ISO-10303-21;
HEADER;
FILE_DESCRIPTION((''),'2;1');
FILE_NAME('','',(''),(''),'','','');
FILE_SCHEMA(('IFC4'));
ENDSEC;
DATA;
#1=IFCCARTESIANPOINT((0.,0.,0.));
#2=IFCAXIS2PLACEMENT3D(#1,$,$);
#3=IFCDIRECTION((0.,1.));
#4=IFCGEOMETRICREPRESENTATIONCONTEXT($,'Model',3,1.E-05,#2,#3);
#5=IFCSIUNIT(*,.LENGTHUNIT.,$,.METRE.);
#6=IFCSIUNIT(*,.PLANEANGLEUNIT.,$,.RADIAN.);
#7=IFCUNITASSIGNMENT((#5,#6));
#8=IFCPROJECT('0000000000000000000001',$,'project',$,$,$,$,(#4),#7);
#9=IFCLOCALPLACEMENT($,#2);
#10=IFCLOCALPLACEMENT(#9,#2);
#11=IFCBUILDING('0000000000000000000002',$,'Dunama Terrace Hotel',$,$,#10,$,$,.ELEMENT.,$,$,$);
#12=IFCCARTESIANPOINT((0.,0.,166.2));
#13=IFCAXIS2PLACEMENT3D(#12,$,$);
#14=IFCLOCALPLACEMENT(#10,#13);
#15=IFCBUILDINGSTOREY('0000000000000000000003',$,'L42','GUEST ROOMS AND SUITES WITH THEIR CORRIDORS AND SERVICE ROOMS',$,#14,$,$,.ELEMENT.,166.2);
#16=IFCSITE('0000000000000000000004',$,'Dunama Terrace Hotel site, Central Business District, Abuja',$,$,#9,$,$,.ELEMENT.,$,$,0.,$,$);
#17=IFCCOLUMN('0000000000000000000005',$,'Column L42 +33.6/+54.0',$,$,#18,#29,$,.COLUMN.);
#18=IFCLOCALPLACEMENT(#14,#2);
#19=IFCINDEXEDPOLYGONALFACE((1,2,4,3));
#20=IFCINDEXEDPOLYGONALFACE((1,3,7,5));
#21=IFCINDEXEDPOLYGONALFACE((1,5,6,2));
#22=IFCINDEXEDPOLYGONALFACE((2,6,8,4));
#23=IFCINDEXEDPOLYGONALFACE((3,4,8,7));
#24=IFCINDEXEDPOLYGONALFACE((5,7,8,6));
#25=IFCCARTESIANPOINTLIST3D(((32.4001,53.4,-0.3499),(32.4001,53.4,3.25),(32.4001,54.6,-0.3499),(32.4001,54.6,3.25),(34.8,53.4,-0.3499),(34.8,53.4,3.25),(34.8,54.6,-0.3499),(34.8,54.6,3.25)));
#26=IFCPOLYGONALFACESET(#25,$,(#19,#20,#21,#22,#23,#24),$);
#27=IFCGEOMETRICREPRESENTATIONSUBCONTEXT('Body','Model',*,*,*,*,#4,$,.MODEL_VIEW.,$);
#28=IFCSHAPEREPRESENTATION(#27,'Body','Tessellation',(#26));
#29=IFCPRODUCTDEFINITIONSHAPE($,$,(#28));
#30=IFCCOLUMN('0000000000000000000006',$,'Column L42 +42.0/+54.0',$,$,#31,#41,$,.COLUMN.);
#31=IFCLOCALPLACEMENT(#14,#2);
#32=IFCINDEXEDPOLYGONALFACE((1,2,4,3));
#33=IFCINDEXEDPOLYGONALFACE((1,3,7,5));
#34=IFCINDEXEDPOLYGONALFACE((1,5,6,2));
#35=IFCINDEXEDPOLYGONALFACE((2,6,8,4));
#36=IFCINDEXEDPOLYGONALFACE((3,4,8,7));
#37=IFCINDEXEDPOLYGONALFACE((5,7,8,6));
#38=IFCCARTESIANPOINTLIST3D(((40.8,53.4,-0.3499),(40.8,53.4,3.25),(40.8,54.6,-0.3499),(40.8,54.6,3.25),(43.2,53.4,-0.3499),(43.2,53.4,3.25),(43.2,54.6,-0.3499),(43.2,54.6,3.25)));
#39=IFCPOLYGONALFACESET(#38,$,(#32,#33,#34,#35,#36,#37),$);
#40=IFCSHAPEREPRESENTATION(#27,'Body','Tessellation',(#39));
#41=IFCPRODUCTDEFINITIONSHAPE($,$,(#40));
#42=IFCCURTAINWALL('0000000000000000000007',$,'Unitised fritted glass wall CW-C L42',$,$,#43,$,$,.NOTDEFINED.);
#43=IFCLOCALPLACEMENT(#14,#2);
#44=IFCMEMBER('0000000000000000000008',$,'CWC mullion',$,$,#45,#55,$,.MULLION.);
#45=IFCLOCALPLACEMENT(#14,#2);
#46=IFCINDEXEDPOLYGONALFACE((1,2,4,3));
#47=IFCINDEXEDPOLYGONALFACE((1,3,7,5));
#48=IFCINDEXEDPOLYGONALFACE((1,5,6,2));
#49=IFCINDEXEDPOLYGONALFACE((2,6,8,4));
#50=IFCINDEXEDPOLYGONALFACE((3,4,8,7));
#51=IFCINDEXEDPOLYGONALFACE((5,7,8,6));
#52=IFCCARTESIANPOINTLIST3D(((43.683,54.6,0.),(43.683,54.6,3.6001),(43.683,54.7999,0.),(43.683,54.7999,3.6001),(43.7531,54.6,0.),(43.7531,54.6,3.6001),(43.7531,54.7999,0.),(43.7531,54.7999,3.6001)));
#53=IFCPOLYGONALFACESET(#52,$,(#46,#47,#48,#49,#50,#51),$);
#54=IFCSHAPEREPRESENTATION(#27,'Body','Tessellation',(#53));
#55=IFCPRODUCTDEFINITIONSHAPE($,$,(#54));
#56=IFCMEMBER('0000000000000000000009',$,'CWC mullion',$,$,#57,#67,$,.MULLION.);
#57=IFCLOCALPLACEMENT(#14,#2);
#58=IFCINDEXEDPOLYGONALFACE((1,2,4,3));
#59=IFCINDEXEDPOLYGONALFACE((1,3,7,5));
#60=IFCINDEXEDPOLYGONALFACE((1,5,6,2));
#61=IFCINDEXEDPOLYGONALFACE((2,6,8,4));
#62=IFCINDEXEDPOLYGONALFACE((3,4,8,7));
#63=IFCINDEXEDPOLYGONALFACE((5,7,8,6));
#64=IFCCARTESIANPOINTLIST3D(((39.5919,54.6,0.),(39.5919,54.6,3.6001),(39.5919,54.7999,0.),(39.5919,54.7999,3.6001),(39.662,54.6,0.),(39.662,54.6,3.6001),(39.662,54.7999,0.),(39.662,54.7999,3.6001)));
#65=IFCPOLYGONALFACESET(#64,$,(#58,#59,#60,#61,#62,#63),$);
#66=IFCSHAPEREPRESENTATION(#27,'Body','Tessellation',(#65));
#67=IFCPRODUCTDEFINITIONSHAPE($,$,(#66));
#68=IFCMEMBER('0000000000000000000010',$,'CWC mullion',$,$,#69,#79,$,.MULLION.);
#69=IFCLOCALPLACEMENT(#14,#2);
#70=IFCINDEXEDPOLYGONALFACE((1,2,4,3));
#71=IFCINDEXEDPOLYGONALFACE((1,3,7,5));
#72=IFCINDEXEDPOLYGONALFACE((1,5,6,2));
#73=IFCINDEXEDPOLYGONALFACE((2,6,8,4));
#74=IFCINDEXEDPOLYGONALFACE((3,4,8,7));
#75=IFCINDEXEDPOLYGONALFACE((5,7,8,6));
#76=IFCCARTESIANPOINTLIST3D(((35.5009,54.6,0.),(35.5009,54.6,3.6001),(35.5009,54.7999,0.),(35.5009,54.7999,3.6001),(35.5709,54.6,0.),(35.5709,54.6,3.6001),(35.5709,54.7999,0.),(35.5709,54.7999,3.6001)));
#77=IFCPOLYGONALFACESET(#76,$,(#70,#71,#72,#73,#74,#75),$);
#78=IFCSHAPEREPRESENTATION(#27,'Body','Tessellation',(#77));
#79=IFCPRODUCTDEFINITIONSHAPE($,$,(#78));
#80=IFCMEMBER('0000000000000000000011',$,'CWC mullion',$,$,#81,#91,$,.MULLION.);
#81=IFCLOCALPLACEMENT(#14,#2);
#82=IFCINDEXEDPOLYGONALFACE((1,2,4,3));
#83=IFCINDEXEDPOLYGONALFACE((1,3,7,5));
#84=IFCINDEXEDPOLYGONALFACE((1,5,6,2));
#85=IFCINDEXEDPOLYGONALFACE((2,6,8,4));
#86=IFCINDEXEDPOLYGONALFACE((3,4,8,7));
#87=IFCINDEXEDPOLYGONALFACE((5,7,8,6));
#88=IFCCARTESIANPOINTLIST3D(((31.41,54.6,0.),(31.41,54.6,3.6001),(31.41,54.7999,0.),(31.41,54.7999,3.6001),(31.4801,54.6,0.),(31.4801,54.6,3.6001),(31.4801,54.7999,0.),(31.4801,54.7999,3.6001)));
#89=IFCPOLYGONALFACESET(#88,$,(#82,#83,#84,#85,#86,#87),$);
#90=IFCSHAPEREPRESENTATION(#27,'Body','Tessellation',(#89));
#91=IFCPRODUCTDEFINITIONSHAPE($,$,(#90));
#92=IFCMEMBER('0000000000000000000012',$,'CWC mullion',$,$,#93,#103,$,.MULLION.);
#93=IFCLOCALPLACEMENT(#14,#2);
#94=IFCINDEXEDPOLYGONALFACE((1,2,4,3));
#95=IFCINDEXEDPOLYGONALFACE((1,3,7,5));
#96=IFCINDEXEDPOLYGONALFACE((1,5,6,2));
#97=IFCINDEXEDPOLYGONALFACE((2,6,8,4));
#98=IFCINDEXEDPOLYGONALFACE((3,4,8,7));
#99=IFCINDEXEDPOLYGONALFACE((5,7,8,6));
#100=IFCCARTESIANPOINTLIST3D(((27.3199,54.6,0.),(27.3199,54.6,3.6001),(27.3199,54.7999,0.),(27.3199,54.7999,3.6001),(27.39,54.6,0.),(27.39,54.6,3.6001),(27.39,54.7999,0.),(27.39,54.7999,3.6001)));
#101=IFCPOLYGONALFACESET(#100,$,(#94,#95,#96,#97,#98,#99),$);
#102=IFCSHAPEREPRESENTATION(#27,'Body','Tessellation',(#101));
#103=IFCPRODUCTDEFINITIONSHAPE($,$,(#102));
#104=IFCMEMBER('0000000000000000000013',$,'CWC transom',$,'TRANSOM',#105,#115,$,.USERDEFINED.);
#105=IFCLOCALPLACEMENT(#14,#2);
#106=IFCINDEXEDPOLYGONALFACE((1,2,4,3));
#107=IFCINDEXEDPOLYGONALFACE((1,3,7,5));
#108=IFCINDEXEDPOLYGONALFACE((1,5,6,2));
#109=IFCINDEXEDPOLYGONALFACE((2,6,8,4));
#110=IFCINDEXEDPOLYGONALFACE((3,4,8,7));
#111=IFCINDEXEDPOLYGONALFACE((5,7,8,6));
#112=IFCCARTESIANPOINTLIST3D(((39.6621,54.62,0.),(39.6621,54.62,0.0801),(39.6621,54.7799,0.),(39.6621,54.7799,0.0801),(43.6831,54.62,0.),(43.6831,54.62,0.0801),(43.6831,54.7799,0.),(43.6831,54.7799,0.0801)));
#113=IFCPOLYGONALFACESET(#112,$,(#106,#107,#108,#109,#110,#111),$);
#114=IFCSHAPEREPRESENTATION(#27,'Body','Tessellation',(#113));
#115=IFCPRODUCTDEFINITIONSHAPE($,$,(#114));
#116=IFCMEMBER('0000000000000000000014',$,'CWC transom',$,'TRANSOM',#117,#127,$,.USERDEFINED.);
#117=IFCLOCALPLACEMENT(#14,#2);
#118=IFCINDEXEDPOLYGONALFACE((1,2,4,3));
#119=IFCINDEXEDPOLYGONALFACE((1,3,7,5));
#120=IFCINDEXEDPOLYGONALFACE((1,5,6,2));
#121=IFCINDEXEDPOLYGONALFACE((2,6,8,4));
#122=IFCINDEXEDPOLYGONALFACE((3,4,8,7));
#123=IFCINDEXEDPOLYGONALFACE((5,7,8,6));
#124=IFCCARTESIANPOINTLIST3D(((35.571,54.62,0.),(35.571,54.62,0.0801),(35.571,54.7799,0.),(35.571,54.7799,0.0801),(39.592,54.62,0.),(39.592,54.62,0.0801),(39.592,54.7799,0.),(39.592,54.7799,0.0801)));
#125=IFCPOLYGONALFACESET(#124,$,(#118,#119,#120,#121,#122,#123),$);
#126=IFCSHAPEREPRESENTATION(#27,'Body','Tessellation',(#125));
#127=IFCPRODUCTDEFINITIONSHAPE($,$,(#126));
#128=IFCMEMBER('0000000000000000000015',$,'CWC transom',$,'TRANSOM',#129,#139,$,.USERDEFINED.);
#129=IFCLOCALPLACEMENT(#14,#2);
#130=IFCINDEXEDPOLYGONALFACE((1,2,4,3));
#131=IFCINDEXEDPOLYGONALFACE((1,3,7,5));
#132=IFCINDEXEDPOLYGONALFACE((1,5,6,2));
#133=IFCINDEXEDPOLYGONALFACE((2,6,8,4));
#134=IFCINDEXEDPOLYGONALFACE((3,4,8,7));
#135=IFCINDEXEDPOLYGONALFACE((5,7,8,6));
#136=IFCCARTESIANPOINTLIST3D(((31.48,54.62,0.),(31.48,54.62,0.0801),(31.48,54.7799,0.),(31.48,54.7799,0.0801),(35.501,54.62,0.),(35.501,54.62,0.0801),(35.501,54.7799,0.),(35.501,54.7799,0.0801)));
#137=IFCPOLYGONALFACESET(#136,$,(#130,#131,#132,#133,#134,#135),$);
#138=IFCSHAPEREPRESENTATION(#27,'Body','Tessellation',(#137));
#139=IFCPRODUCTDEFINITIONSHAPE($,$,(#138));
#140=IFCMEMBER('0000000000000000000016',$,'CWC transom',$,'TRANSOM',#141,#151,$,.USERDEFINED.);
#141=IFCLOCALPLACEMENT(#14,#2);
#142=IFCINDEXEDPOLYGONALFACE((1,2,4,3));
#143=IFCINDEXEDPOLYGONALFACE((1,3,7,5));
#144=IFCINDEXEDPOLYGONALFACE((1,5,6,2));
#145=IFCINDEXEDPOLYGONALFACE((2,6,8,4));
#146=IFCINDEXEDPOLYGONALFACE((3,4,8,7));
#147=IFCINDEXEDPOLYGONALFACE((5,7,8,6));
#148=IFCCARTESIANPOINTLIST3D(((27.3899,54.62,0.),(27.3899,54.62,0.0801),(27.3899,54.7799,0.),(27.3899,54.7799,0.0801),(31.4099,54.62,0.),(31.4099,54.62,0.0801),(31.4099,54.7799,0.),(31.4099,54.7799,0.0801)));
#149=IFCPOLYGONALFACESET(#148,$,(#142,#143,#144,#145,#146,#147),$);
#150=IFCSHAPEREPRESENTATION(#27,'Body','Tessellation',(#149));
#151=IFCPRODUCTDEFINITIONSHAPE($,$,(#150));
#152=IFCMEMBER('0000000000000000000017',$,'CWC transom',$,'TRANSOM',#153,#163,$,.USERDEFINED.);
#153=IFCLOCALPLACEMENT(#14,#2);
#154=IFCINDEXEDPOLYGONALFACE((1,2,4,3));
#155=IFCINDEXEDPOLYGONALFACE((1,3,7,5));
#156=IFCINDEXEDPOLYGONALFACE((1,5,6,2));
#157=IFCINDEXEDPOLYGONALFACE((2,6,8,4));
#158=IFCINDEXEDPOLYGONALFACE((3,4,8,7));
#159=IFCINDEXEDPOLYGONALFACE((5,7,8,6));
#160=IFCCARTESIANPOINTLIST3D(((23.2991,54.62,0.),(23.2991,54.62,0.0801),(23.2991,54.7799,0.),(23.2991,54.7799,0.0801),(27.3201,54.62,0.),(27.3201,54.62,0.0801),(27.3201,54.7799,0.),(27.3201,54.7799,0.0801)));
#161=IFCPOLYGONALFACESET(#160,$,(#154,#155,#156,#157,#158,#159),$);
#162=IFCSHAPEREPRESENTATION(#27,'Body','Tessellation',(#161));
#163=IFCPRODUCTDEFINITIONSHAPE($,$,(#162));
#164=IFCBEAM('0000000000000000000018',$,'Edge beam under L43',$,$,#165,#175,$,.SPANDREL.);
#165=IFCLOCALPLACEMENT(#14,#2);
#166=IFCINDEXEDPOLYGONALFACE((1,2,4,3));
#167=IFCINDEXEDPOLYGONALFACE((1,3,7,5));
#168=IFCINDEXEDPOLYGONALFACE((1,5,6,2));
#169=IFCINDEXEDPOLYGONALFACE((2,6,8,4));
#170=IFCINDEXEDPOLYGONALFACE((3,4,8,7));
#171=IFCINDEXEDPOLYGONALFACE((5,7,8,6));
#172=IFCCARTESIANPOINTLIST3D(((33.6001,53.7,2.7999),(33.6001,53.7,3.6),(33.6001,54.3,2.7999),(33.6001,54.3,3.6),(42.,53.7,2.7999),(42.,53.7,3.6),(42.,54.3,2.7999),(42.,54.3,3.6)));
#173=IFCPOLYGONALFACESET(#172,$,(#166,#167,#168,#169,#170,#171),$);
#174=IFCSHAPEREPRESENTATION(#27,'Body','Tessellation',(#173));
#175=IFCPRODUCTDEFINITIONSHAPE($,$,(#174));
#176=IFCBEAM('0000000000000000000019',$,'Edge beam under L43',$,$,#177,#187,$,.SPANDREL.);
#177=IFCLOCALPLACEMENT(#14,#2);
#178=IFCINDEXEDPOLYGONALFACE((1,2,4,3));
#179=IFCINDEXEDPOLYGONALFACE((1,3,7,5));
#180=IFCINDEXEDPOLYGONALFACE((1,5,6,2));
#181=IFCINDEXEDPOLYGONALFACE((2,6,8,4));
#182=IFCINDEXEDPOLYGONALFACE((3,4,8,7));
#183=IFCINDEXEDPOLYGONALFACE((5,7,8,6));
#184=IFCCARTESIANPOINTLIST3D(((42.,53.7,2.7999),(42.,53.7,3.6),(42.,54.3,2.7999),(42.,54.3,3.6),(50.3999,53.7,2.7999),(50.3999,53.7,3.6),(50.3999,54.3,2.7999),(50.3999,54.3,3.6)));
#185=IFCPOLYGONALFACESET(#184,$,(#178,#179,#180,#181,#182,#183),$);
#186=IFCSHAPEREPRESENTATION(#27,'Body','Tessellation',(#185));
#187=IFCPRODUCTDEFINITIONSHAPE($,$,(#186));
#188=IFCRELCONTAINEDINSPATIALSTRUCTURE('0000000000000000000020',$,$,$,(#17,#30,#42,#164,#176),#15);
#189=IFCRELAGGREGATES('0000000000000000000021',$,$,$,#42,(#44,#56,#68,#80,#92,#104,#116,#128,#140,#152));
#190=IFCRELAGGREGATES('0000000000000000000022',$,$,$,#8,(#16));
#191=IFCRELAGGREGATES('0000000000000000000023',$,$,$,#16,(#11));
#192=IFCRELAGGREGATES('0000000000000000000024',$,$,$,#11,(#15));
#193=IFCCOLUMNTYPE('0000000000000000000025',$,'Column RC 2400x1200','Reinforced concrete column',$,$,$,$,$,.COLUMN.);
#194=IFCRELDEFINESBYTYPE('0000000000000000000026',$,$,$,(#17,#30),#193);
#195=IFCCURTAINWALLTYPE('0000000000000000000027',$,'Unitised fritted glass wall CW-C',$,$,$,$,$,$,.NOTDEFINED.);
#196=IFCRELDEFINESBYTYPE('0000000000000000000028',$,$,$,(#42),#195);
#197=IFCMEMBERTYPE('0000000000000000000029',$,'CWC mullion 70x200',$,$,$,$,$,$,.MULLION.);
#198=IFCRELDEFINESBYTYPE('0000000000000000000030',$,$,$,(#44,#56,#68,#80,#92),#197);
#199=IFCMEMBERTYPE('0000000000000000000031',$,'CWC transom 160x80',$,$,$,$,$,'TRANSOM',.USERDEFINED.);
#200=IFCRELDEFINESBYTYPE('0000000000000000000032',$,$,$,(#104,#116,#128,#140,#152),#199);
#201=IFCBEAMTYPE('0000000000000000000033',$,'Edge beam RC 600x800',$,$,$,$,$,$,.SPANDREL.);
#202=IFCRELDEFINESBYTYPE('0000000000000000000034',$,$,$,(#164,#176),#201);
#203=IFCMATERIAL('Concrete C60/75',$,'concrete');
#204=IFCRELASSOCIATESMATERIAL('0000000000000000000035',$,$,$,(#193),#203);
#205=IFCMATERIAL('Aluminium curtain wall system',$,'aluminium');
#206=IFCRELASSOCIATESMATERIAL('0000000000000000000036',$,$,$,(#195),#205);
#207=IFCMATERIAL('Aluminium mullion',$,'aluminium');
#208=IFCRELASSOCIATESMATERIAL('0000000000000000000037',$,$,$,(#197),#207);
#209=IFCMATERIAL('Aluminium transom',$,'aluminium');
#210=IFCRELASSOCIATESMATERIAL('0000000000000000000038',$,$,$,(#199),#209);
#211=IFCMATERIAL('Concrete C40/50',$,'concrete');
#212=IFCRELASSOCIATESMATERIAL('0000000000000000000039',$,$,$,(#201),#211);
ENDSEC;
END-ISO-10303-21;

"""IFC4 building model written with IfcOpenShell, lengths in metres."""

from ifc_helpers import new_model, si_unit, direction, frame, origin, origin_2d, place, context, subcontext, project, spatial, rectangle, extrude, material, material_profile, profile_set, type_object, element, aggregate, save


model = new_model("IFC4")

# Units and contexts
model_context = context("Model", 3, precision=1e-05, world=origin(), true_north=direction((0.0, 1.0)))
body_context = subcontext(model_context, "Body", "Model", "MODEL_VIEW")
ifc_project = project(units=[si_unit("LENGTHUNIT", "METRE"), si_unit("PLANEANGLEUNIT", "RADIAN")], contexts=[model_context])

# Site, building, storey
site_placement = place(None, origin())
site = spatial("IfcSite", under=ifc_project, at=site_placement, Name="Dunama Terrace Hotel site, Central Business District, Abuja", CompositionType="ELEMENT", RefElevation=0.0)
building_placement = place(site_placement, origin())
building = spatial("IfcBuilding", under=site, at=building_placement, Name="Dunama Terrace Hotel", CompositionType="ELEMENT")
storey_placement = place(building_placement, frame((0.0, 0.0, 166.2)))
storey = spatial("IfcBuildingStorey", under=building, at=storey_placement, Name="L42", Description="GUEST ROOMS AND SUITES WITH THEIR CORRIDORS AND SERVICE ROOMS", CompositionType="ELEMENT", Elevation=166.2)

# Columns
ifc_material_1 = material(Name="Concrete C60/75", Category="concrete")
ifc_material_profile_1 = material_profile(ifc_material_1, rectangle(XDim=2.3999, YDim=1.2, at=origin_2d()), Name="RC 2400x1200")
ifc_profile_set_1 = profile_set([ifc_material_profile_1], Name="Concrete C60/75")
column_type = type_object("IfcColumnType", Name="Column RC 2400x1200", Description="Reinforced concrete column", PredefinedType="COLUMN", material=ifc_profile_set_1)
for number, where, z_axis, x_axis, name in (
    (1, (33.6001, 54.0, -0.3499), (0.0, 0.0, 1.0), (1.0, 0.0, 0.0), "Column L42 +33.6/+54.0"),
    (2, (42.0, 54.0, -0.3499), (0.0, 0.0, 1.0), (1.0, 0.0, 0.0), "Column L42 +42.0/+54.0"),
):
    element("IfcColumn", number, at=place(storey_placement, frame(where, z_axis=z_axis, x_axis=x_axis)), inside=storey, type_object=column_type, Name=name, PredefinedType="COLUMN", context=body_context, shape_type="SweptSolid", body=[
        extrude(rectangle(XDim=2.3999, YDim=1.2, at=origin_2d()), origin(), (0.0, 0.0, 1.0), 3.5999),
    ])

# Curtain wall, members
ifc_material_2 = material(Name="Aluminium curtain wall system", Category="aluminium")
curtain_wall_type = type_object("IfcCurtainWallType", Name="Unitised fritted glass wall CW-C", PredefinedType="NOTDEFINED", material=ifc_material_2)
curtain_wall_placement = place(storey_placement, origin())
curtain_wall = element("IfcCurtainWall", 3, at=curtain_wall_placement, inside=storey, type_object=curtain_wall_type, Name="Unitised fritted glass wall CW-C L42", PredefinedType="NOTDEFINED")
ifc_material_3 = material(Name="Aluminium mullion", Category="aluminium")
ifc_material_profile_2 = material_profile(ifc_material_3, rectangle(XDim=0.0701, YDim=0.2, at=origin_2d()), Name="CWC MULLION 70X200")
ifc_profile_set_2 = profile_set([ifc_material_profile_2], Name="Aluminium mullion")
member_type_1 = type_object("IfcMemberType", Name="CWC mullion 70x200", PredefinedType="MULLION", material=ifc_profile_set_2)
member_1_placement = place(storey_placement, frame((43.718, 54.7, 0.0), z_axis=(0.0, 0.0, 1.0), x_axis=(-1.0, 0.0, 0.0)))
member_1 = element("IfcMember", 4, at=member_1_placement, type_object=member_type_1, Name="CWC mullion", PredefinedType="MULLION", context=body_context, shape_type="SweptSolid", body=[
    extrude(rectangle(XDim=0.0701, YDim=0.2, at=origin_2d()), origin(), (0.0, 0.0, 1.0), 3.6001),
])
member_2_placement = place(storey_placement, frame((39.627, 54.7, 0.0), z_axis=(0.0, 0.0, 1.0), x_axis=(-1.0, 0.0, 0.0)))
member_2 = element("IfcMember", 5, at=member_2_placement, type_object=member_type_1, Name="CWC mullion", PredefinedType="MULLION", context=body_context, shape_type="SweptSolid", body=[
    extrude(rectangle(XDim=0.0701, YDim=0.2, at=origin_2d()), origin(), (0.0, 0.0, 1.0), 3.6001),
])
member_3_placement = place(storey_placement, frame((35.5359, 54.7, 0.0), z_axis=(0.0, 0.0, 1.0), x_axis=(-1.0, 0.0, 0.0)))
member_3 = element("IfcMember", 6, at=member_3_placement, type_object=member_type_1, Name="CWC mullion", PredefinedType="MULLION", context=body_context, shape_type="SweptSolid", body=[
    extrude(rectangle(XDim=0.0701, YDim=0.2, at=origin_2d()), origin(), (0.0, 0.0, 1.0), 3.6001),
])
member_4_placement = place(storey_placement, frame((31.4451, 54.7, 0.0), z_axis=(0.0, 0.0, 1.0), x_axis=(-1.0, 0.0, 0.0)))
member_4 = element("IfcMember", 7, at=member_4_placement, type_object=member_type_1, Name="CWC mullion", PredefinedType="MULLION", context=body_context, shape_type="SweptSolid", body=[
    extrude(rectangle(XDim=0.0701, YDim=0.2, at=origin_2d()), origin(), (0.0, 0.0, 1.0), 3.6001),
])
member_5_placement = place(storey_placement, frame((27.355, 54.7, 0.0), z_axis=(0.0, 0.0, 1.0), x_axis=(-1.0, 0.0, 0.0)))
member_5 = element("IfcMember", 8, at=member_5_placement, type_object=member_type_1, Name="CWC mullion", PredefinedType="MULLION", context=body_context, shape_type="SweptSolid", body=[
    extrude(rectangle(XDim=0.0701, YDim=0.2, at=origin_2d()), origin(), (0.0, 0.0, 1.0), 3.6001),
])
ifc_material_4 = material(Name="Aluminium transom", Category="aluminium")
ifc_material_profile_3 = material_profile(ifc_material_4, rectangle(XDim=0.1599, YDim=0.0801, at=origin_2d()), Name="CWC TRANSOM 160X80")
ifc_profile_set_3 = profile_set([ifc_material_profile_3], Name="Aluminium transom")
member_type_2 = type_object("IfcMemberType", Name="CWC transom 160x80", ElementType="TRANSOM", PredefinedType="USERDEFINED", material=ifc_profile_set_3)
member_6_placement = place(storey_placement, frame((43.6831, 54.7, 0.04), z_axis=(-1.0, 0.0, 0.0), x_axis=(0.0, -1.0, 0.0)))
member_6 = element("IfcMember", 9, at=member_6_placement, type_object=member_type_2, Name="CWC transom", ObjectType="TRANSOM", PredefinedType="USERDEFINED", context=body_context, shape_type="SweptSolid", body=[
    extrude(rectangle(XDim=0.1599, YDim=0.0801, at=origin_2d()), origin(), (0.0, 0.0, 1.0), 4.021),
])
member_7_placement = place(storey_placement, frame((39.592, 54.7, 0.04), z_axis=(-1.0, 0.0, 0.0), x_axis=(0.0, -1.0, 0.0)))
member_7 = element("IfcMember", 10, at=member_7_placement, type_object=member_type_2, Name="CWC transom", ObjectType="TRANSOM", PredefinedType="USERDEFINED", context=body_context, shape_type="SweptSolid", body=[
    extrude(rectangle(XDim=0.1599, YDim=0.0801, at=origin_2d()), origin(), (0.0, 0.0, 1.0), 4.021),
])
member_8_placement = place(storey_placement, frame((35.501, 54.7, 0.04), z_axis=(-1.0, 0.0, 0.0), x_axis=(0.0, -1.0, 0.0)))
member_8 = element("IfcMember", 11, at=member_8_placement, type_object=member_type_2, Name="CWC transom", ObjectType="TRANSOM", PredefinedType="USERDEFINED", context=body_context, shape_type="SweptSolid", body=[
    extrude(rectangle(XDim=0.1599, YDim=0.0801, at=origin_2d()), origin(), (0.0, 0.0, 1.0), 4.021),
])
member_9_placement = place(storey_placement, frame((31.4099, 54.7, 0.04), z_axis=(-1.0, 0.0, 0.0), x_axis=(0.0, -1.0, 0.0)))
member_9 = element("IfcMember", 12, at=member_9_placement, type_object=member_type_2, Name="CWC transom", ObjectType="TRANSOM", PredefinedType="USERDEFINED", context=body_context, shape_type="SweptSolid", body=[
    extrude(rectangle(XDim=0.1599, YDim=0.0801, at=origin_2d()), origin(), (0.0, 0.0, 1.0), 4.02),
])
member_10_placement = place(storey_placement, frame((27.3201, 54.7, 0.04), z_axis=(-1.0, 0.0, 0.0), x_axis=(0.0, -1.0, 0.0)))
member_10 = element("IfcMember", 13, at=member_10_placement, type_object=member_type_2, Name="CWC transom", ObjectType="TRANSOM", PredefinedType="USERDEFINED", context=body_context, shape_type="SweptSolid", body=[
    extrude(rectangle(XDim=0.1599, YDim=0.0801, at=origin_2d()), origin(), (0.0, 0.0, 1.0), 4.021),
])

# Beams
ifc_material_5 = material(Name="Concrete C40/50", Category="concrete")
ifc_material_profile_4 = material_profile(ifc_material_5, rectangle(XDim=0.6001, YDim=0.8, at=origin_2d()), Name="RC 600x800")
ifc_profile_set_4 = profile_set([ifc_material_profile_4], Name="Concrete C40/50")
beam_type = type_object("IfcBeamType", Name="Edge beam RC 600x800", PredefinedType="SPANDREL", material=ifc_profile_set_4)
for number, where, z_axis, x_axis, name in (
    (14, (33.6001, 54.0, 3.2), (1.0, 0.0, 0.0), (0.0, 1.0, 0.0), "Edge beam under L43"),
    (15, (42.0, 54.0, 3.2), (1.0, 0.0, 0.0), (0.0, 1.0, 0.0), "Edge beam under L43"),
):
    element("IfcBeam", number, at=place(storey_placement, frame(where, z_axis=z_axis, x_axis=x_axis)), inside=storey, type_object=beam_type, Name=name, PredefinedType="SPANDREL", context=body_context, shape_type="SweptSolid", body=[
        extrude(rectangle(XDim=0.6001, YDim=0.8, at=origin_2d()), origin(), (0.0, 0.0, 1.0), 8.3999),
    ])

aggregate(curtain_wall, [member_1, member_2, member_3, member_4, member_5, member_6, member_7, member_8, member_9, member_10])

save(model, "model.ifc")
